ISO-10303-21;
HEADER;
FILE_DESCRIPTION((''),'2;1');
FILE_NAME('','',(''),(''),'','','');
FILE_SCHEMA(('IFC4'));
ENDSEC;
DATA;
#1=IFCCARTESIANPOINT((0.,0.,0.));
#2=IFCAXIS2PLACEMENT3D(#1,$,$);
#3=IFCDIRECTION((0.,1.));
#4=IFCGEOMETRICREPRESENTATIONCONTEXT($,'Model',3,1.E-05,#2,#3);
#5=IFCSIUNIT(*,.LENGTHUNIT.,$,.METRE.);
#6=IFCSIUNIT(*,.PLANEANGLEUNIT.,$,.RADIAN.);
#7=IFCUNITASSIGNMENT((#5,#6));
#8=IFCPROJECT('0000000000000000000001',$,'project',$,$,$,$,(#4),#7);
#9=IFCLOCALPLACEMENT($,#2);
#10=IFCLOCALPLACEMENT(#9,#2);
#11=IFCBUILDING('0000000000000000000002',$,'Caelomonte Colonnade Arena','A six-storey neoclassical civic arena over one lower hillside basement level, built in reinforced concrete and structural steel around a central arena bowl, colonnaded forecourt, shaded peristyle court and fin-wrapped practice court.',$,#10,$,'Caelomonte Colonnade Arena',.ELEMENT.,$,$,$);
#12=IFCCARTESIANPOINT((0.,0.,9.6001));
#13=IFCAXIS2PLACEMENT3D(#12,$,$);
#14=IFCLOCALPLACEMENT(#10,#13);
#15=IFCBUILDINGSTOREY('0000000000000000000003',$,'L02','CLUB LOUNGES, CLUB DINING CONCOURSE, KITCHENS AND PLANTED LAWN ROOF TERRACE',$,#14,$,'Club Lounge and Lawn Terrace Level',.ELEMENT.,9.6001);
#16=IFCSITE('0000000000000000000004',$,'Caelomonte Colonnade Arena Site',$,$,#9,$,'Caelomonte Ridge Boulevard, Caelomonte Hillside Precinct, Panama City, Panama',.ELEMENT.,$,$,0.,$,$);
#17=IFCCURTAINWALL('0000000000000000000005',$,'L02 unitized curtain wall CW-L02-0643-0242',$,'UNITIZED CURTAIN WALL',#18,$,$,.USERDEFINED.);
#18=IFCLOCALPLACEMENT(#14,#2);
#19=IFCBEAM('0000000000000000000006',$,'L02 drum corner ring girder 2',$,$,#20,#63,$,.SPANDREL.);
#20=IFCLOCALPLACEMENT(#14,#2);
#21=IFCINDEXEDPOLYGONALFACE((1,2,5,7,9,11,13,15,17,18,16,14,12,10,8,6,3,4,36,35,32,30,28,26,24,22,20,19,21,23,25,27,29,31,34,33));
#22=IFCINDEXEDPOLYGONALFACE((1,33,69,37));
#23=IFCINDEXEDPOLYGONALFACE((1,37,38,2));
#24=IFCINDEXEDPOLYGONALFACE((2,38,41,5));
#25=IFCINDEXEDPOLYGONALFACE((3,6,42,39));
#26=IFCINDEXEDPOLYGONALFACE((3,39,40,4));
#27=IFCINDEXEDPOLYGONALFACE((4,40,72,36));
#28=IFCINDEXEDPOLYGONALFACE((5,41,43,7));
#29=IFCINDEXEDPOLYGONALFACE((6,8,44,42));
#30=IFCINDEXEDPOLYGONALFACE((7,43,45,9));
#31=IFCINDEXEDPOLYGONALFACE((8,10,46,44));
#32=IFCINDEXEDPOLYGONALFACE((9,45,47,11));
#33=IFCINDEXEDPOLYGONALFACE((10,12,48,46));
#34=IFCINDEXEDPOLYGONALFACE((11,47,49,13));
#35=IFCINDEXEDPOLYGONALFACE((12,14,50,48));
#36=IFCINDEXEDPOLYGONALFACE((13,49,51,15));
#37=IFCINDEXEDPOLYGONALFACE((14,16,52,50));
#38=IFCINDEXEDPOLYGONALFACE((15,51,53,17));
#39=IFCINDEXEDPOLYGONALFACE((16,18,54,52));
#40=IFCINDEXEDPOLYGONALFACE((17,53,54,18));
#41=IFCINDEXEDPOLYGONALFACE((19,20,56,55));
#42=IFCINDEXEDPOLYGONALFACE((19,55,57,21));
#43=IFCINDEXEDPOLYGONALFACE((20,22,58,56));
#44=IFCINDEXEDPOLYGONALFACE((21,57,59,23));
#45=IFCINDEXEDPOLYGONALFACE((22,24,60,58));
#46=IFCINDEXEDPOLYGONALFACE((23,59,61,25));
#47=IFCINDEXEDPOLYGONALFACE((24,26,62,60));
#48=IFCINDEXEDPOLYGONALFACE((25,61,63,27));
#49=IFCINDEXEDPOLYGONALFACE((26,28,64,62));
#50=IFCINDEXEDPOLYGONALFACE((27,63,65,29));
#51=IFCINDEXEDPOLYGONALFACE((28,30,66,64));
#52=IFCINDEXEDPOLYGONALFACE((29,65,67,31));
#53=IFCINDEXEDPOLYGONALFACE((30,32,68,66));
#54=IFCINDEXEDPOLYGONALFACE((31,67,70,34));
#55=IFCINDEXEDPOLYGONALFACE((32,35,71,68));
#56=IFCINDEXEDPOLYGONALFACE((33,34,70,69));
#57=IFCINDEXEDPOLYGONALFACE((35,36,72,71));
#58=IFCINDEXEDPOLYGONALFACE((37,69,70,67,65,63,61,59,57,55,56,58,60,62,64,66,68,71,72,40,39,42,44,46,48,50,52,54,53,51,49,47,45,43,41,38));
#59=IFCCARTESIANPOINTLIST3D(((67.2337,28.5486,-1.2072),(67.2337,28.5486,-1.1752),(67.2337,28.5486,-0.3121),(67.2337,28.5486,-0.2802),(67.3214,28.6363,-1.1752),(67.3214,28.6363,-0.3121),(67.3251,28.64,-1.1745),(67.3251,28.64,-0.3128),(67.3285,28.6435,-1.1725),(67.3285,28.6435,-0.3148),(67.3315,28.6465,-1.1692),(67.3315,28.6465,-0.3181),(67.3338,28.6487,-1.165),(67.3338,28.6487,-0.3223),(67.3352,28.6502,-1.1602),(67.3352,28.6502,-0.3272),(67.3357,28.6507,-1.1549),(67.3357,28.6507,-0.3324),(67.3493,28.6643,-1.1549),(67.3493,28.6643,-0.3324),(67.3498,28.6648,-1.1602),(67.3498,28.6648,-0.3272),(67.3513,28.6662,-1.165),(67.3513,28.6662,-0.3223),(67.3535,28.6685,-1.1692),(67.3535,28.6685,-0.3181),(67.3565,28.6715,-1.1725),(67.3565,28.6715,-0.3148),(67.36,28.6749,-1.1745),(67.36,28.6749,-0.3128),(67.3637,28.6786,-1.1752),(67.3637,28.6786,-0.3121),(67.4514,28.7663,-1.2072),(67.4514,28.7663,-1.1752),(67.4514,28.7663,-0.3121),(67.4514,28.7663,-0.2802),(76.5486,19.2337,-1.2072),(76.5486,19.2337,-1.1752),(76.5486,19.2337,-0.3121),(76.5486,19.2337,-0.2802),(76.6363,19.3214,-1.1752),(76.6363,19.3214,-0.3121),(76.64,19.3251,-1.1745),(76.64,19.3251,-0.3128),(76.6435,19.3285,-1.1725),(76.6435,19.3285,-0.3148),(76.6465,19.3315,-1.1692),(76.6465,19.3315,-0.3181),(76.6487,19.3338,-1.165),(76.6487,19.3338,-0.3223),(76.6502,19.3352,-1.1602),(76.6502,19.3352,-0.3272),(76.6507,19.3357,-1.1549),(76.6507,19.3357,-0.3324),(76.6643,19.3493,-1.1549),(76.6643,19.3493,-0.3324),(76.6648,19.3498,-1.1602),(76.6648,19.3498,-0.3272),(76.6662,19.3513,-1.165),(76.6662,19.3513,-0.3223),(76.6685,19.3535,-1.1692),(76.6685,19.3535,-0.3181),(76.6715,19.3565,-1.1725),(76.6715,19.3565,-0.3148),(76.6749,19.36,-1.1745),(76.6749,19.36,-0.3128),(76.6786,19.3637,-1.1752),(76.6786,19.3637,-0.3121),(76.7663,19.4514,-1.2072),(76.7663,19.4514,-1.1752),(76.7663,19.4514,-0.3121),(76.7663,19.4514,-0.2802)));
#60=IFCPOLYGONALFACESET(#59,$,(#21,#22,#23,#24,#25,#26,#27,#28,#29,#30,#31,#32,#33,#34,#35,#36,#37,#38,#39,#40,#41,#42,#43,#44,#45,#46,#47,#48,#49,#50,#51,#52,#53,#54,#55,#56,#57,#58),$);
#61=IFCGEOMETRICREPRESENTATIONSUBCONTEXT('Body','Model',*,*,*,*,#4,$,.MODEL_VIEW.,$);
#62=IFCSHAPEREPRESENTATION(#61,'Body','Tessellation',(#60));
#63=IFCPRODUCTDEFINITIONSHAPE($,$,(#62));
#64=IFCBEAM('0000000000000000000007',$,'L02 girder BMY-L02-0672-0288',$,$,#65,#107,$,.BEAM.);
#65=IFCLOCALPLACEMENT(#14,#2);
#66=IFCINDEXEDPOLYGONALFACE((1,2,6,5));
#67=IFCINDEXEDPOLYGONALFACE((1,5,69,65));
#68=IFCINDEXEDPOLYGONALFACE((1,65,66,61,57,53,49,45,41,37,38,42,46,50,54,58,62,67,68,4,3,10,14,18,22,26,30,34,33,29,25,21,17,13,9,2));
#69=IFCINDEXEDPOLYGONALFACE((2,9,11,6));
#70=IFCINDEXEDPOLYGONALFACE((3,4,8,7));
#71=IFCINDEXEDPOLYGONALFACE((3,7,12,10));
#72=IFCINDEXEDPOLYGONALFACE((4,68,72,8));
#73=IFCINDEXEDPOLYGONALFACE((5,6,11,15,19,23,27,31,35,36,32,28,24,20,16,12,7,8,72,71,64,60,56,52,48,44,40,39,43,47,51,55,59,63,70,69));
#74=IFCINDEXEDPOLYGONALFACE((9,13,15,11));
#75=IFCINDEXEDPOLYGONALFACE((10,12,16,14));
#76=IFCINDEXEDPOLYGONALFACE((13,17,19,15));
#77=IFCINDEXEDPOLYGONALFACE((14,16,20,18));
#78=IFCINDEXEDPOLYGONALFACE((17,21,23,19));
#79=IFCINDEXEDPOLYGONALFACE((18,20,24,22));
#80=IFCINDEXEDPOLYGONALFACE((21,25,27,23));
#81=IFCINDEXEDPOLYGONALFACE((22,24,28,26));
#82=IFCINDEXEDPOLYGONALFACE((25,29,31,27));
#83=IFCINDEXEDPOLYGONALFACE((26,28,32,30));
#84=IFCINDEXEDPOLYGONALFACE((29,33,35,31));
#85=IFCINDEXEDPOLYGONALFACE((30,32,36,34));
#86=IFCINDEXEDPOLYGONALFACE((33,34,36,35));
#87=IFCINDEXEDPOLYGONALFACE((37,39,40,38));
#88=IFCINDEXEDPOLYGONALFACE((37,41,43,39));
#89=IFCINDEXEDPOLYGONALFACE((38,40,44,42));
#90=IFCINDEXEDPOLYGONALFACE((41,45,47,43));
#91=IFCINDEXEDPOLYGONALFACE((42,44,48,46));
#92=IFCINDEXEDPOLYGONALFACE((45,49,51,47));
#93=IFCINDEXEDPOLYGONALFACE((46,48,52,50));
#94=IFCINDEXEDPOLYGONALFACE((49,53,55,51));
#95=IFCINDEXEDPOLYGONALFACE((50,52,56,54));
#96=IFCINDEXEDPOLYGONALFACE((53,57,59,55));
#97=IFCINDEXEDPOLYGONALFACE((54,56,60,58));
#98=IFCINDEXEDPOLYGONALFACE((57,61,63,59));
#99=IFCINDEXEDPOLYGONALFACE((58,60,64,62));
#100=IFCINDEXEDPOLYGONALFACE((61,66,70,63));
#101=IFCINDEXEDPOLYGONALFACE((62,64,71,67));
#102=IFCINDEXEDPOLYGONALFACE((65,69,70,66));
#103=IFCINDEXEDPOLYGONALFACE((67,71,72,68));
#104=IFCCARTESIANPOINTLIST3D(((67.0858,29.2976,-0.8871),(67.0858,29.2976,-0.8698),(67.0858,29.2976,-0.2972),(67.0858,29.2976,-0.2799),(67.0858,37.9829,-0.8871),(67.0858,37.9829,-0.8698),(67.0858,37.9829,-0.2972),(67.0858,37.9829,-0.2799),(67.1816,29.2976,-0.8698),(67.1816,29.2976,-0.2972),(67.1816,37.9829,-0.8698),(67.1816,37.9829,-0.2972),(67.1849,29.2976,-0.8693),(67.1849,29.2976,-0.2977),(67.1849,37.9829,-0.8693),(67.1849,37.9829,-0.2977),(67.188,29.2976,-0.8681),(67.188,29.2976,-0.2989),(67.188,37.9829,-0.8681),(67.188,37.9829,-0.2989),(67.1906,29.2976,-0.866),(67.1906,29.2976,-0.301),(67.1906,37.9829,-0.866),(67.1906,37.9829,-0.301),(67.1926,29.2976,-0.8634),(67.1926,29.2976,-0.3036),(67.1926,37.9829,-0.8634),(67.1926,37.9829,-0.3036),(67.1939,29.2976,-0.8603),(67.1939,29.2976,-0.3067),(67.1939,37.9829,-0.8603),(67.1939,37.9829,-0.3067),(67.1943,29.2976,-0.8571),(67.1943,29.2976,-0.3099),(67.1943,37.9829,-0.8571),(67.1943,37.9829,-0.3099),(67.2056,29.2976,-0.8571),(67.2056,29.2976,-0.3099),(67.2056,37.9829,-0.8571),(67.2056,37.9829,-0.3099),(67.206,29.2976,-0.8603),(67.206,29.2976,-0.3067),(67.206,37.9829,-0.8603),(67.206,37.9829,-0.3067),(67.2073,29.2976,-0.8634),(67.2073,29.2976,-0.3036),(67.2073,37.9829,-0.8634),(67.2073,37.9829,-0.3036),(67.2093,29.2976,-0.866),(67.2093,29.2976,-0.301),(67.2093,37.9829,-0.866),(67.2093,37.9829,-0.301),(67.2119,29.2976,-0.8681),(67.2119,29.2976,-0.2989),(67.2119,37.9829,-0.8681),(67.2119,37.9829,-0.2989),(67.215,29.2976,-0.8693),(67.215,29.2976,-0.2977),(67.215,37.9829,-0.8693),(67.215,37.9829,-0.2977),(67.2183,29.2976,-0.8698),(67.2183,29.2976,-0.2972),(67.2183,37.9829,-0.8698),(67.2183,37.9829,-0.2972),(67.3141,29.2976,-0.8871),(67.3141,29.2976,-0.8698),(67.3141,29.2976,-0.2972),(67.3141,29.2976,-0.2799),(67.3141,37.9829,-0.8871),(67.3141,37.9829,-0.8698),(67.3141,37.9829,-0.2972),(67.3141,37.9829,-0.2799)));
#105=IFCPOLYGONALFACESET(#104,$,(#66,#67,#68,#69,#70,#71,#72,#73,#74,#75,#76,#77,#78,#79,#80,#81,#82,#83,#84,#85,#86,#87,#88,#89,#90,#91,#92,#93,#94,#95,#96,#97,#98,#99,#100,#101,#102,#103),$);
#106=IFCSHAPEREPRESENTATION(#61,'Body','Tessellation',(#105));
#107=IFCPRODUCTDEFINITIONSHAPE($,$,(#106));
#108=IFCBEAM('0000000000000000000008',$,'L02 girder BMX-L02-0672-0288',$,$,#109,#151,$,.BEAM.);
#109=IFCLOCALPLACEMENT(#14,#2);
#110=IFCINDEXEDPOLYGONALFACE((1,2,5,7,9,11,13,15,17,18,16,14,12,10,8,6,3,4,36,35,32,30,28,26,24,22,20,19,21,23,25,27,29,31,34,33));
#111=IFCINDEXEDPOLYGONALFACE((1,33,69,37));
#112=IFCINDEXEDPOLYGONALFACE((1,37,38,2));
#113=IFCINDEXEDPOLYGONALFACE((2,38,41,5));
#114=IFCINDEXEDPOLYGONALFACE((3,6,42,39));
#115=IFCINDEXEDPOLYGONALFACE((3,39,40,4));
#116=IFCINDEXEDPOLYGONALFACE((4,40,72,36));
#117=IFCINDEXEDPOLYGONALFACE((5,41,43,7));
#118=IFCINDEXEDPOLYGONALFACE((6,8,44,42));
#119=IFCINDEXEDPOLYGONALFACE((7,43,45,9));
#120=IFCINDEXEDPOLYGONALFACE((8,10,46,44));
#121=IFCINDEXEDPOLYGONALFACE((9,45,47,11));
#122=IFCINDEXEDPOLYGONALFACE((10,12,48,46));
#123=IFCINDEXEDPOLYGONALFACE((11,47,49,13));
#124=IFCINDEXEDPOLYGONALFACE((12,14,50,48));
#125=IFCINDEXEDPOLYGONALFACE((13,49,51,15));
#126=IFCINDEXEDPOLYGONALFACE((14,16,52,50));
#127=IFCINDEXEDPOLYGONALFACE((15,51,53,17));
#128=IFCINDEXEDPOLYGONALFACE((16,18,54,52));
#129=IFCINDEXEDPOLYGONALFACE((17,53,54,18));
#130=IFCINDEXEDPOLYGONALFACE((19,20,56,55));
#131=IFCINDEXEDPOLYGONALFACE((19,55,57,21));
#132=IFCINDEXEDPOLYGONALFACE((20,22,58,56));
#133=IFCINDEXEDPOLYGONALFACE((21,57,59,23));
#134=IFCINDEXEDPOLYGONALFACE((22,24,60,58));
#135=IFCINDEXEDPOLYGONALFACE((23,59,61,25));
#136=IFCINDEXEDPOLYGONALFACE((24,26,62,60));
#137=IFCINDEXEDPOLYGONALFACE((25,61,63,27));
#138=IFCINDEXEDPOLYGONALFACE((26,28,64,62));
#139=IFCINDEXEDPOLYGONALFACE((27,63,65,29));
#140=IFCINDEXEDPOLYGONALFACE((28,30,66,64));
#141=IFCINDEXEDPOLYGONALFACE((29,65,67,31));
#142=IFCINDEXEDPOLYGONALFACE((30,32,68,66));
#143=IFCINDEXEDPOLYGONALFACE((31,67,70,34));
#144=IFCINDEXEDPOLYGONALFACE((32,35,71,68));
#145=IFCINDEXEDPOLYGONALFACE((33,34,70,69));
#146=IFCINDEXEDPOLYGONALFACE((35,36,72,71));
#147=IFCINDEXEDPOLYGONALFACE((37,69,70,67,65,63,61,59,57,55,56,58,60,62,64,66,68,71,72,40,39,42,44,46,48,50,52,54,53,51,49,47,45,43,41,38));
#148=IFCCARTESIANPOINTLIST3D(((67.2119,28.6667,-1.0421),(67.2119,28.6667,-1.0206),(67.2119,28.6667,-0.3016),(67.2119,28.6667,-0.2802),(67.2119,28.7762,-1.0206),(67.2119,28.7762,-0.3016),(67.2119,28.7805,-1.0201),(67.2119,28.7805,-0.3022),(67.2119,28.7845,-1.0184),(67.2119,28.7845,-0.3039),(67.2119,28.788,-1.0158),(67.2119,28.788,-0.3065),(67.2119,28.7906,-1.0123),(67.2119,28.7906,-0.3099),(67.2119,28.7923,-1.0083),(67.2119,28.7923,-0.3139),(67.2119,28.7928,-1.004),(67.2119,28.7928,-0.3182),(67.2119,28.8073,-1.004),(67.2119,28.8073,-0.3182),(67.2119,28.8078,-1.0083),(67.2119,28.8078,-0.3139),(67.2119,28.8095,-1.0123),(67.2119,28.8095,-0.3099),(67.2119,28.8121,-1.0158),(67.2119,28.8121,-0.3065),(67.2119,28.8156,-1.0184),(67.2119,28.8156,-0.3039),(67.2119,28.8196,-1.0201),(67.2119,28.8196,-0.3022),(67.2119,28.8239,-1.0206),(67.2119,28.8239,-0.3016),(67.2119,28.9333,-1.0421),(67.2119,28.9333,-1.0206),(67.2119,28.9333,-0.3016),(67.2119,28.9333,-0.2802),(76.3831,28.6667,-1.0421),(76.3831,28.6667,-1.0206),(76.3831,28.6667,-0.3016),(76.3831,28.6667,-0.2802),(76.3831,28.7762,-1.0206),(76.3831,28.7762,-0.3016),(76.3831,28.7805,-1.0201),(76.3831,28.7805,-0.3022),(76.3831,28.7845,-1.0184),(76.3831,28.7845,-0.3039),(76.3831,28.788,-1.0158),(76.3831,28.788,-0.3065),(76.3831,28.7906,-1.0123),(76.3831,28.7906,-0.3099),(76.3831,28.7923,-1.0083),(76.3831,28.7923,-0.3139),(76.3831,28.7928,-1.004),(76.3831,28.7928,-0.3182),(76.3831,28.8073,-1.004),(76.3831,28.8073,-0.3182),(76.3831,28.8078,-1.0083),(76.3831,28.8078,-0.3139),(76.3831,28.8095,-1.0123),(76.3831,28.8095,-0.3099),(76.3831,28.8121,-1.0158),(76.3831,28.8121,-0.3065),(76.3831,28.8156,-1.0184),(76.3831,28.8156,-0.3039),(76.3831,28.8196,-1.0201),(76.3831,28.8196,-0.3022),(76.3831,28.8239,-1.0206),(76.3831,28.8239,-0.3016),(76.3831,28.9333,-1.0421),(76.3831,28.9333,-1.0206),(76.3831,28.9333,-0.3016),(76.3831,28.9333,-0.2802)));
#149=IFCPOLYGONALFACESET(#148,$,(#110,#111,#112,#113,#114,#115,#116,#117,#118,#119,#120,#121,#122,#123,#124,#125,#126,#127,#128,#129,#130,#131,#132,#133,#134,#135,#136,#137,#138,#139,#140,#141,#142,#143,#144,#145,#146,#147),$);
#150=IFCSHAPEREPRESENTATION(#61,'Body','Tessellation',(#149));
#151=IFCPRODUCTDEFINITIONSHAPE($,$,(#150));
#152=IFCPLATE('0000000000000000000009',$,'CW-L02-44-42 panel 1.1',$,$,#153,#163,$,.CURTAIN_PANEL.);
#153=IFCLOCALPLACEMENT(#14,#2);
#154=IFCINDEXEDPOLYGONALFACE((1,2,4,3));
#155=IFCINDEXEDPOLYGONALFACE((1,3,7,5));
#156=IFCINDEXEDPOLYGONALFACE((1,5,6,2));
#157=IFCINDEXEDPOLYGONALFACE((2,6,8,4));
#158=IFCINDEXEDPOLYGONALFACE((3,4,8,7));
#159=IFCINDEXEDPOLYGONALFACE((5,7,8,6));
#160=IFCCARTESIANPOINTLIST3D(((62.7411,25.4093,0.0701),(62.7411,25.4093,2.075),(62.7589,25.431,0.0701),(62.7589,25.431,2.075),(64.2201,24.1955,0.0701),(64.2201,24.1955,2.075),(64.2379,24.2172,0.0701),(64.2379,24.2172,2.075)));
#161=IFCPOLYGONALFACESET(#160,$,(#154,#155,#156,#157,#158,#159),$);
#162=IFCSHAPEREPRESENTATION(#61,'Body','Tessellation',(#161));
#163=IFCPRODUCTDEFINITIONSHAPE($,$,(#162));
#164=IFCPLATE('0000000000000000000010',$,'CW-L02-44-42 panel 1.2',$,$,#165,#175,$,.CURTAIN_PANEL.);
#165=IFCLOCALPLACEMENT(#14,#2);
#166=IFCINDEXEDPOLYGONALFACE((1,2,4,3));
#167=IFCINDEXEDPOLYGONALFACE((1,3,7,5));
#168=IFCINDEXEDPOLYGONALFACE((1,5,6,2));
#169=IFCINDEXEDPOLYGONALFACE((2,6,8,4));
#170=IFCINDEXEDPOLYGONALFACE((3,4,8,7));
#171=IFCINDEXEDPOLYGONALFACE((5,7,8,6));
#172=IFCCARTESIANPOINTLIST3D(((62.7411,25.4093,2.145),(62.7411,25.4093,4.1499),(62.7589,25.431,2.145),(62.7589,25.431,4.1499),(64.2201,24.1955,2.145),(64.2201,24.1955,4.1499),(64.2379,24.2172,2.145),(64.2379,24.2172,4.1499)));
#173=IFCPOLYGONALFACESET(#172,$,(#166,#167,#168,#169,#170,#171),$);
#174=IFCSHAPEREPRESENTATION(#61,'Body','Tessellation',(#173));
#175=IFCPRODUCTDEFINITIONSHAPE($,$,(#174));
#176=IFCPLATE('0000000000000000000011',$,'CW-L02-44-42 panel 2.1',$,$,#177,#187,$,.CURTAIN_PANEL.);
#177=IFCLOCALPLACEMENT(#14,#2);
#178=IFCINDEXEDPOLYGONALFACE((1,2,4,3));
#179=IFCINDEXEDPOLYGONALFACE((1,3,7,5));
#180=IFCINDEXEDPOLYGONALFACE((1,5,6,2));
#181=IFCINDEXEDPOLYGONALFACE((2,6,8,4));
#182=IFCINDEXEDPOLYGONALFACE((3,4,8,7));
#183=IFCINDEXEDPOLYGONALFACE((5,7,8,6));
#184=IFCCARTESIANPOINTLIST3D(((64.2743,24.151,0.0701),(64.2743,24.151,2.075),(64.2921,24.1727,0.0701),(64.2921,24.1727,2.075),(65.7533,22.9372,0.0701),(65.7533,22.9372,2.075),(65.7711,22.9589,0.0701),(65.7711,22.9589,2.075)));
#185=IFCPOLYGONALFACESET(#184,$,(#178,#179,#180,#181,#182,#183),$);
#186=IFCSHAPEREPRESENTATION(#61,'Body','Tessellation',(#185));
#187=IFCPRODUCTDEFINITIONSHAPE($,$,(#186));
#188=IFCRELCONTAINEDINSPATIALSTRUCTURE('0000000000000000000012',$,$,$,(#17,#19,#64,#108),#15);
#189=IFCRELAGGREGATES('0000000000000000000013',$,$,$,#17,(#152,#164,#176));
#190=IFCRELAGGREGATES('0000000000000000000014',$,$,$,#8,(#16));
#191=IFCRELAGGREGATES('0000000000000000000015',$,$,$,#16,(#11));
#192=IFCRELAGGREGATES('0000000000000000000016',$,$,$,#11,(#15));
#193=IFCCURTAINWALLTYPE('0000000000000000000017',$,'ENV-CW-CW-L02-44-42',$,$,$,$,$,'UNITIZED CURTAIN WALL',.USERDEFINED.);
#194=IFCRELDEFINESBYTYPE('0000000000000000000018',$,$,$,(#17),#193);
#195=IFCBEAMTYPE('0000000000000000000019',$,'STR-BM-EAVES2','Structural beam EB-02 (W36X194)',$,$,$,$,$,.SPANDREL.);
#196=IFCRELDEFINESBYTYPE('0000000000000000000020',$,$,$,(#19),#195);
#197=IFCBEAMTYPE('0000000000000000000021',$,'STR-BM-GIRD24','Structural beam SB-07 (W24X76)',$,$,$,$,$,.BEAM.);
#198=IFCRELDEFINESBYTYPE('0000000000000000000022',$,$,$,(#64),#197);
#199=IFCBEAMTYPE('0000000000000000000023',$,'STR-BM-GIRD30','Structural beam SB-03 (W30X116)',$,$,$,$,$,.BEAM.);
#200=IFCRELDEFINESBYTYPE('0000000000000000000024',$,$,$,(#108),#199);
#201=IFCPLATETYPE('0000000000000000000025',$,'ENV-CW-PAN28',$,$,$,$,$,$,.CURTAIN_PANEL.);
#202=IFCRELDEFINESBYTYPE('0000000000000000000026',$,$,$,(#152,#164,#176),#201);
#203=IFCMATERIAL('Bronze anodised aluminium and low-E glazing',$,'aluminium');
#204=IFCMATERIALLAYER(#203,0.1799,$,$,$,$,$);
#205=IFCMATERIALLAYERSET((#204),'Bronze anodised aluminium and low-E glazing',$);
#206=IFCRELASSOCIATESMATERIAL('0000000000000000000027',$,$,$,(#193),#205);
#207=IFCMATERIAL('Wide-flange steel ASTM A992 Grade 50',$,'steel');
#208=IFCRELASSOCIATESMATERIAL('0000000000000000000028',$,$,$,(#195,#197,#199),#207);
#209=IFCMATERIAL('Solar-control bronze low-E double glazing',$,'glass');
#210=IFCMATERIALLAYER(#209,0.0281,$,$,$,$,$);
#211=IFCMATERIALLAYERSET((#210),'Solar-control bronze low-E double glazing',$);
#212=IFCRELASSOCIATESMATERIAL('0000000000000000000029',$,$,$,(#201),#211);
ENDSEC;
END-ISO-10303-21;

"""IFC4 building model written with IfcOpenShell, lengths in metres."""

from ifc_helpers import new_model, si_unit, direction, frame, origin, origin_2d, place, context, subcontext, project, spatial, rectangle, i_section, extrude, material, layer, layer_set, material_profile, profile_set, type_object, element, aggregate, save


model = new_model("IFC4")

# Units and contexts
model_context = context("Model", 3, precision=1e-05, world=origin(), true_north=direction((0.0, 1.0)))
body_context = subcontext(model_context, "Body", "Model", "MODEL_VIEW")
ifc_project = project(units=[si_unit("LENGTHUNIT", "METRE"), si_unit("PLANEANGLEUNIT", "RADIAN")], contexts=[model_context])

# Site, building, storey
site_placement = place(None, origin())
site = spatial("IfcSite", under=ifc_project, at=site_placement, Name="Caelomonte Colonnade Arena Site", LongName="Caelomonte Ridge Boulevard, Caelomonte Hillside Precinct, Panama City, Panama", CompositionType="ELEMENT", RefElevation=0.0)
building_placement = place(site_placement, origin())
building = spatial("IfcBuilding", under=site, at=building_placement, Name="Caelomonte Colonnade Arena", Description="A six-storey neoclassical civic arena over one lower hillside basement level, built in reinforced concrete and structural steel around a central arena bowl, colonnaded forecourt, shaded peristyle court and fin-wrapped practice court.", LongName="Caelomonte Colonnade Arena", CompositionType="ELEMENT")
storey_placement = place(building_placement, frame((0.0, 0.0, 9.6001)))
storey = spatial("IfcBuildingStorey", under=building, at=storey_placement, Name="L02", Description="CLUB LOUNGES, CLUB DINING CONCOURSE, KITCHENS AND PLANTED LAWN ROOF TERRACE", LongName="Club Lounge and Lawn Terrace Level", CompositionType="ELEMENT", Elevation=9.6001)

# Shared definitions
ifc_material_1 = material(Name="Wide-flange steel ASTM A992 Grade 50", Category="steel")

# Curtain wall
ifc_material_2 = material(Name="Bronze anodised aluminium and low-E glazing", Category="aluminium")
ifc_layer_1 = layer(ifc_material_2, 0.1799)
ifc_layer_set_1 = layer_set([ifc_layer_1], Name="Bronze anodised aluminium and low-E glazing")
curtain_wall_type = type_object("IfcCurtainWallType", Name="ENV-CW-CW-L02-44-42", ElementType="UNITIZED CURTAIN WALL", PredefinedType="USERDEFINED", material=ifc_layer_set_1)
curtain_wall_1_placement = place(storey_placement, origin())
curtain_wall_1 = element("IfcCurtainWall", 1, at=curtain_wall_1_placement, inside=storey, type_object=curtain_wall_type, Name="L02 unitized curtain wall CW-L02-0643-0242", ObjectType="UNITIZED CURTAIN WALL", PredefinedType="USERDEFINED")

# Beams
ifc_material_profile_1 = material_profile(ifc_material_1, i_section(OverallWidth=0.3079, OverallDepth=0.927, WebThickness=0.0193, FlangeThickness=0.032, FilletRadius=0.0203, at=origin_2d()), Name="W36X194")
ifc_profile_set_1 = profile_set([ifc_material_profile_1], Name="Wide-flange steel ASTM A992 Grade 50")
beam_type_1 = type_object("IfcBeamType", Name="STR-BM-EAVES2", Description="Structural beam EB-02 (W36X194)", PredefinedType="SPANDREL", material=ifc_profile_set_1)
beam_1_placement = place(storey_placement, frame((67.3425, 28.6575, -0.7437), z_axis=(0.707107, -0.707107, 0.0), x_axis=(0.707107, 0.707107, 0.0)))
element("IfcBeam", 2, at=beam_1_placement, inside=storey, type_object=beam_type_1, Name="L02 drum corner ring girder 2", PredefinedType="SPANDREL", context=body_context, shape_type="SweptSolid", body=[
    extrude(i_section(OverallWidth=0.3079, OverallDepth=0.927, WebThickness=0.0193, FlangeThickness=0.032, FilletRadius=0.0203, at=origin_2d()), origin(), (0.0, 0.0, 1.0), 13.1733),
])
ifc_material_profile_2 = material_profile(ifc_material_1, i_section(OverallWidth=0.2283, OverallDepth=0.6072, WebThickness=0.0112, FlangeThickness=0.0173, FilletRadius=0.0127, at=origin_2d()), Name="W24X76")
ifc_profile_set_2 = profile_set([ifc_material_profile_2], Name="Wide-flange steel ASTM A992 Grade 50")
beam_type_2 = type_object("IfcBeamType", Name="STR-BM-GIRD24", Description="Structural beam SB-07 (W24X76)", PredefinedType="BEAM", material=ifc_profile_set_2)
beam_2_placement = place(storey_placement, frame((67.2, 29.2976, -0.5835), z_axis=(0.0, 1.0, 0.0), x_axis=(-1.0, 0.0, 0.0)))
element("IfcBeam", 3, at=beam_2_placement, inside=storey, type_object=beam_type_2, Name="L02 girder BMY-L02-0672-0288", PredefinedType="BEAM", context=body_context, shape_type="SweptSolid", body=[
    extrude(i_section(OverallWidth=0.2283, OverallDepth=0.6072, WebThickness=0.0112, FlangeThickness=0.0173, FilletRadius=0.0127, at=origin_2d()), origin(), (0.0, 0.0, 1.0), 8.6853),
])
ifc_material_profile_3 = material_profile(ifc_material_1, i_section(OverallWidth=0.2666, OverallDepth=0.762, WebThickness=0.0144, FlangeThickness=0.0215, FilletRadius=0.0166, at=origin_2d()), Name="W30X116")
ifc_profile_set_3 = profile_set([ifc_material_profile_3], Name="Wide-flange steel ASTM A992 Grade 50")
beam_type_3 = type_object("IfcBeamType", Name="STR-BM-GIRD30", Description="Structural beam SB-03 (W30X116)", PredefinedType="BEAM", material=ifc_profile_set_3)
beam_3_placement = place(storey_placement, frame((67.2119, 28.8, -0.6611), z_axis=(1.0, 0.0, 0.0), x_axis=(0.0, 1.0, 0.0)))
element("IfcBeam", 4, at=beam_3_placement, inside=storey, type_object=beam_type_3, Name="L02 girder BMX-L02-0672-0288", PredefinedType="BEAM", context=body_context, shape_type="SweptSolid", body=[
    extrude(i_section(OverallWidth=0.2666, OverallDepth=0.762, WebThickness=0.0144, FlangeThickness=0.0215, FilletRadius=0.0166, at=origin_2d()), origin(), (0.0, 0.0, 1.0), 9.1711),
])

# Plates
ifc_material_3 = material(Name="Solar-control bronze low-E double glazing", Category="glass")
ifc_layer_2 = layer(ifc_material_3, 0.0281)
ifc_layer_set_2 = layer_set([ifc_layer_2], Name="Solar-control bronze low-E double glazing")
plate_type = type_object("IfcPlateType", Name="ENV-CW-PAN28", PredefinedType="CURTAIN_PANEL", material=ifc_layer_set_2)
plate_1_placement = place(storey_placement, frame((63.4895, 24.8132, 0.0701), z_axis=(0.0, 0.0, 1.0), x_axis=(0.772992, -0.634416, 0.0)))
plate_1 = element("IfcPlate", 5, at=plate_1_placement, type_object=plate_type, Name="CW-L02-44-42 panel 1.1", PredefinedType="CURTAIN_PANEL", context=body_context, shape_type="SweptSolid", body=[
    extrude(rectangle(XDim=1.9133, YDim=0.0281, at=origin_2d()), origin(), (0.0, 0.0, 1.0), 2.0049),
])
plate_2_placement = place(storey_placement, frame((63.4895, 24.8132, 2.145), z_axis=(0.0, 0.0, 1.0), x_axis=(0.772992, -0.634416, 0.0)))
plate_2 = element("IfcPlate", 6, at=plate_2_placement, type_object=plate_type, Name="CW-L02-44-42 panel 1.2", PredefinedType="CURTAIN_PANEL", context=body_context, shape_type="SweptSolid", body=[
    extrude(rectangle(XDim=1.9133, YDim=0.0281, at=origin_2d()), origin(), (0.0, 0.0, 1.0), 2.0049),
])
plate_3_placement = place(storey_placement, frame((65.0227, 23.5549, 0.0701), z_axis=(0.0, 0.0, 1.0), x_axis=(0.772992, -0.634416, 0.0)))
plate_3 = element("IfcPlate", 7, at=plate_3_placement, type_object=plate_type, Name="CW-L02-44-42 panel 2.1", PredefinedType="CURTAIN_PANEL", context=body_context, shape_type="SweptSolid", body=[
    extrude(rectangle(XDim=1.9133, YDim=0.0281, at=origin_2d()), origin(), (0.0, 0.0, 1.0), 2.0049),
])
aggregate(curtain_wall_1, [plate_1, plate_2, plate_3])

save(model, "model.ifc")
